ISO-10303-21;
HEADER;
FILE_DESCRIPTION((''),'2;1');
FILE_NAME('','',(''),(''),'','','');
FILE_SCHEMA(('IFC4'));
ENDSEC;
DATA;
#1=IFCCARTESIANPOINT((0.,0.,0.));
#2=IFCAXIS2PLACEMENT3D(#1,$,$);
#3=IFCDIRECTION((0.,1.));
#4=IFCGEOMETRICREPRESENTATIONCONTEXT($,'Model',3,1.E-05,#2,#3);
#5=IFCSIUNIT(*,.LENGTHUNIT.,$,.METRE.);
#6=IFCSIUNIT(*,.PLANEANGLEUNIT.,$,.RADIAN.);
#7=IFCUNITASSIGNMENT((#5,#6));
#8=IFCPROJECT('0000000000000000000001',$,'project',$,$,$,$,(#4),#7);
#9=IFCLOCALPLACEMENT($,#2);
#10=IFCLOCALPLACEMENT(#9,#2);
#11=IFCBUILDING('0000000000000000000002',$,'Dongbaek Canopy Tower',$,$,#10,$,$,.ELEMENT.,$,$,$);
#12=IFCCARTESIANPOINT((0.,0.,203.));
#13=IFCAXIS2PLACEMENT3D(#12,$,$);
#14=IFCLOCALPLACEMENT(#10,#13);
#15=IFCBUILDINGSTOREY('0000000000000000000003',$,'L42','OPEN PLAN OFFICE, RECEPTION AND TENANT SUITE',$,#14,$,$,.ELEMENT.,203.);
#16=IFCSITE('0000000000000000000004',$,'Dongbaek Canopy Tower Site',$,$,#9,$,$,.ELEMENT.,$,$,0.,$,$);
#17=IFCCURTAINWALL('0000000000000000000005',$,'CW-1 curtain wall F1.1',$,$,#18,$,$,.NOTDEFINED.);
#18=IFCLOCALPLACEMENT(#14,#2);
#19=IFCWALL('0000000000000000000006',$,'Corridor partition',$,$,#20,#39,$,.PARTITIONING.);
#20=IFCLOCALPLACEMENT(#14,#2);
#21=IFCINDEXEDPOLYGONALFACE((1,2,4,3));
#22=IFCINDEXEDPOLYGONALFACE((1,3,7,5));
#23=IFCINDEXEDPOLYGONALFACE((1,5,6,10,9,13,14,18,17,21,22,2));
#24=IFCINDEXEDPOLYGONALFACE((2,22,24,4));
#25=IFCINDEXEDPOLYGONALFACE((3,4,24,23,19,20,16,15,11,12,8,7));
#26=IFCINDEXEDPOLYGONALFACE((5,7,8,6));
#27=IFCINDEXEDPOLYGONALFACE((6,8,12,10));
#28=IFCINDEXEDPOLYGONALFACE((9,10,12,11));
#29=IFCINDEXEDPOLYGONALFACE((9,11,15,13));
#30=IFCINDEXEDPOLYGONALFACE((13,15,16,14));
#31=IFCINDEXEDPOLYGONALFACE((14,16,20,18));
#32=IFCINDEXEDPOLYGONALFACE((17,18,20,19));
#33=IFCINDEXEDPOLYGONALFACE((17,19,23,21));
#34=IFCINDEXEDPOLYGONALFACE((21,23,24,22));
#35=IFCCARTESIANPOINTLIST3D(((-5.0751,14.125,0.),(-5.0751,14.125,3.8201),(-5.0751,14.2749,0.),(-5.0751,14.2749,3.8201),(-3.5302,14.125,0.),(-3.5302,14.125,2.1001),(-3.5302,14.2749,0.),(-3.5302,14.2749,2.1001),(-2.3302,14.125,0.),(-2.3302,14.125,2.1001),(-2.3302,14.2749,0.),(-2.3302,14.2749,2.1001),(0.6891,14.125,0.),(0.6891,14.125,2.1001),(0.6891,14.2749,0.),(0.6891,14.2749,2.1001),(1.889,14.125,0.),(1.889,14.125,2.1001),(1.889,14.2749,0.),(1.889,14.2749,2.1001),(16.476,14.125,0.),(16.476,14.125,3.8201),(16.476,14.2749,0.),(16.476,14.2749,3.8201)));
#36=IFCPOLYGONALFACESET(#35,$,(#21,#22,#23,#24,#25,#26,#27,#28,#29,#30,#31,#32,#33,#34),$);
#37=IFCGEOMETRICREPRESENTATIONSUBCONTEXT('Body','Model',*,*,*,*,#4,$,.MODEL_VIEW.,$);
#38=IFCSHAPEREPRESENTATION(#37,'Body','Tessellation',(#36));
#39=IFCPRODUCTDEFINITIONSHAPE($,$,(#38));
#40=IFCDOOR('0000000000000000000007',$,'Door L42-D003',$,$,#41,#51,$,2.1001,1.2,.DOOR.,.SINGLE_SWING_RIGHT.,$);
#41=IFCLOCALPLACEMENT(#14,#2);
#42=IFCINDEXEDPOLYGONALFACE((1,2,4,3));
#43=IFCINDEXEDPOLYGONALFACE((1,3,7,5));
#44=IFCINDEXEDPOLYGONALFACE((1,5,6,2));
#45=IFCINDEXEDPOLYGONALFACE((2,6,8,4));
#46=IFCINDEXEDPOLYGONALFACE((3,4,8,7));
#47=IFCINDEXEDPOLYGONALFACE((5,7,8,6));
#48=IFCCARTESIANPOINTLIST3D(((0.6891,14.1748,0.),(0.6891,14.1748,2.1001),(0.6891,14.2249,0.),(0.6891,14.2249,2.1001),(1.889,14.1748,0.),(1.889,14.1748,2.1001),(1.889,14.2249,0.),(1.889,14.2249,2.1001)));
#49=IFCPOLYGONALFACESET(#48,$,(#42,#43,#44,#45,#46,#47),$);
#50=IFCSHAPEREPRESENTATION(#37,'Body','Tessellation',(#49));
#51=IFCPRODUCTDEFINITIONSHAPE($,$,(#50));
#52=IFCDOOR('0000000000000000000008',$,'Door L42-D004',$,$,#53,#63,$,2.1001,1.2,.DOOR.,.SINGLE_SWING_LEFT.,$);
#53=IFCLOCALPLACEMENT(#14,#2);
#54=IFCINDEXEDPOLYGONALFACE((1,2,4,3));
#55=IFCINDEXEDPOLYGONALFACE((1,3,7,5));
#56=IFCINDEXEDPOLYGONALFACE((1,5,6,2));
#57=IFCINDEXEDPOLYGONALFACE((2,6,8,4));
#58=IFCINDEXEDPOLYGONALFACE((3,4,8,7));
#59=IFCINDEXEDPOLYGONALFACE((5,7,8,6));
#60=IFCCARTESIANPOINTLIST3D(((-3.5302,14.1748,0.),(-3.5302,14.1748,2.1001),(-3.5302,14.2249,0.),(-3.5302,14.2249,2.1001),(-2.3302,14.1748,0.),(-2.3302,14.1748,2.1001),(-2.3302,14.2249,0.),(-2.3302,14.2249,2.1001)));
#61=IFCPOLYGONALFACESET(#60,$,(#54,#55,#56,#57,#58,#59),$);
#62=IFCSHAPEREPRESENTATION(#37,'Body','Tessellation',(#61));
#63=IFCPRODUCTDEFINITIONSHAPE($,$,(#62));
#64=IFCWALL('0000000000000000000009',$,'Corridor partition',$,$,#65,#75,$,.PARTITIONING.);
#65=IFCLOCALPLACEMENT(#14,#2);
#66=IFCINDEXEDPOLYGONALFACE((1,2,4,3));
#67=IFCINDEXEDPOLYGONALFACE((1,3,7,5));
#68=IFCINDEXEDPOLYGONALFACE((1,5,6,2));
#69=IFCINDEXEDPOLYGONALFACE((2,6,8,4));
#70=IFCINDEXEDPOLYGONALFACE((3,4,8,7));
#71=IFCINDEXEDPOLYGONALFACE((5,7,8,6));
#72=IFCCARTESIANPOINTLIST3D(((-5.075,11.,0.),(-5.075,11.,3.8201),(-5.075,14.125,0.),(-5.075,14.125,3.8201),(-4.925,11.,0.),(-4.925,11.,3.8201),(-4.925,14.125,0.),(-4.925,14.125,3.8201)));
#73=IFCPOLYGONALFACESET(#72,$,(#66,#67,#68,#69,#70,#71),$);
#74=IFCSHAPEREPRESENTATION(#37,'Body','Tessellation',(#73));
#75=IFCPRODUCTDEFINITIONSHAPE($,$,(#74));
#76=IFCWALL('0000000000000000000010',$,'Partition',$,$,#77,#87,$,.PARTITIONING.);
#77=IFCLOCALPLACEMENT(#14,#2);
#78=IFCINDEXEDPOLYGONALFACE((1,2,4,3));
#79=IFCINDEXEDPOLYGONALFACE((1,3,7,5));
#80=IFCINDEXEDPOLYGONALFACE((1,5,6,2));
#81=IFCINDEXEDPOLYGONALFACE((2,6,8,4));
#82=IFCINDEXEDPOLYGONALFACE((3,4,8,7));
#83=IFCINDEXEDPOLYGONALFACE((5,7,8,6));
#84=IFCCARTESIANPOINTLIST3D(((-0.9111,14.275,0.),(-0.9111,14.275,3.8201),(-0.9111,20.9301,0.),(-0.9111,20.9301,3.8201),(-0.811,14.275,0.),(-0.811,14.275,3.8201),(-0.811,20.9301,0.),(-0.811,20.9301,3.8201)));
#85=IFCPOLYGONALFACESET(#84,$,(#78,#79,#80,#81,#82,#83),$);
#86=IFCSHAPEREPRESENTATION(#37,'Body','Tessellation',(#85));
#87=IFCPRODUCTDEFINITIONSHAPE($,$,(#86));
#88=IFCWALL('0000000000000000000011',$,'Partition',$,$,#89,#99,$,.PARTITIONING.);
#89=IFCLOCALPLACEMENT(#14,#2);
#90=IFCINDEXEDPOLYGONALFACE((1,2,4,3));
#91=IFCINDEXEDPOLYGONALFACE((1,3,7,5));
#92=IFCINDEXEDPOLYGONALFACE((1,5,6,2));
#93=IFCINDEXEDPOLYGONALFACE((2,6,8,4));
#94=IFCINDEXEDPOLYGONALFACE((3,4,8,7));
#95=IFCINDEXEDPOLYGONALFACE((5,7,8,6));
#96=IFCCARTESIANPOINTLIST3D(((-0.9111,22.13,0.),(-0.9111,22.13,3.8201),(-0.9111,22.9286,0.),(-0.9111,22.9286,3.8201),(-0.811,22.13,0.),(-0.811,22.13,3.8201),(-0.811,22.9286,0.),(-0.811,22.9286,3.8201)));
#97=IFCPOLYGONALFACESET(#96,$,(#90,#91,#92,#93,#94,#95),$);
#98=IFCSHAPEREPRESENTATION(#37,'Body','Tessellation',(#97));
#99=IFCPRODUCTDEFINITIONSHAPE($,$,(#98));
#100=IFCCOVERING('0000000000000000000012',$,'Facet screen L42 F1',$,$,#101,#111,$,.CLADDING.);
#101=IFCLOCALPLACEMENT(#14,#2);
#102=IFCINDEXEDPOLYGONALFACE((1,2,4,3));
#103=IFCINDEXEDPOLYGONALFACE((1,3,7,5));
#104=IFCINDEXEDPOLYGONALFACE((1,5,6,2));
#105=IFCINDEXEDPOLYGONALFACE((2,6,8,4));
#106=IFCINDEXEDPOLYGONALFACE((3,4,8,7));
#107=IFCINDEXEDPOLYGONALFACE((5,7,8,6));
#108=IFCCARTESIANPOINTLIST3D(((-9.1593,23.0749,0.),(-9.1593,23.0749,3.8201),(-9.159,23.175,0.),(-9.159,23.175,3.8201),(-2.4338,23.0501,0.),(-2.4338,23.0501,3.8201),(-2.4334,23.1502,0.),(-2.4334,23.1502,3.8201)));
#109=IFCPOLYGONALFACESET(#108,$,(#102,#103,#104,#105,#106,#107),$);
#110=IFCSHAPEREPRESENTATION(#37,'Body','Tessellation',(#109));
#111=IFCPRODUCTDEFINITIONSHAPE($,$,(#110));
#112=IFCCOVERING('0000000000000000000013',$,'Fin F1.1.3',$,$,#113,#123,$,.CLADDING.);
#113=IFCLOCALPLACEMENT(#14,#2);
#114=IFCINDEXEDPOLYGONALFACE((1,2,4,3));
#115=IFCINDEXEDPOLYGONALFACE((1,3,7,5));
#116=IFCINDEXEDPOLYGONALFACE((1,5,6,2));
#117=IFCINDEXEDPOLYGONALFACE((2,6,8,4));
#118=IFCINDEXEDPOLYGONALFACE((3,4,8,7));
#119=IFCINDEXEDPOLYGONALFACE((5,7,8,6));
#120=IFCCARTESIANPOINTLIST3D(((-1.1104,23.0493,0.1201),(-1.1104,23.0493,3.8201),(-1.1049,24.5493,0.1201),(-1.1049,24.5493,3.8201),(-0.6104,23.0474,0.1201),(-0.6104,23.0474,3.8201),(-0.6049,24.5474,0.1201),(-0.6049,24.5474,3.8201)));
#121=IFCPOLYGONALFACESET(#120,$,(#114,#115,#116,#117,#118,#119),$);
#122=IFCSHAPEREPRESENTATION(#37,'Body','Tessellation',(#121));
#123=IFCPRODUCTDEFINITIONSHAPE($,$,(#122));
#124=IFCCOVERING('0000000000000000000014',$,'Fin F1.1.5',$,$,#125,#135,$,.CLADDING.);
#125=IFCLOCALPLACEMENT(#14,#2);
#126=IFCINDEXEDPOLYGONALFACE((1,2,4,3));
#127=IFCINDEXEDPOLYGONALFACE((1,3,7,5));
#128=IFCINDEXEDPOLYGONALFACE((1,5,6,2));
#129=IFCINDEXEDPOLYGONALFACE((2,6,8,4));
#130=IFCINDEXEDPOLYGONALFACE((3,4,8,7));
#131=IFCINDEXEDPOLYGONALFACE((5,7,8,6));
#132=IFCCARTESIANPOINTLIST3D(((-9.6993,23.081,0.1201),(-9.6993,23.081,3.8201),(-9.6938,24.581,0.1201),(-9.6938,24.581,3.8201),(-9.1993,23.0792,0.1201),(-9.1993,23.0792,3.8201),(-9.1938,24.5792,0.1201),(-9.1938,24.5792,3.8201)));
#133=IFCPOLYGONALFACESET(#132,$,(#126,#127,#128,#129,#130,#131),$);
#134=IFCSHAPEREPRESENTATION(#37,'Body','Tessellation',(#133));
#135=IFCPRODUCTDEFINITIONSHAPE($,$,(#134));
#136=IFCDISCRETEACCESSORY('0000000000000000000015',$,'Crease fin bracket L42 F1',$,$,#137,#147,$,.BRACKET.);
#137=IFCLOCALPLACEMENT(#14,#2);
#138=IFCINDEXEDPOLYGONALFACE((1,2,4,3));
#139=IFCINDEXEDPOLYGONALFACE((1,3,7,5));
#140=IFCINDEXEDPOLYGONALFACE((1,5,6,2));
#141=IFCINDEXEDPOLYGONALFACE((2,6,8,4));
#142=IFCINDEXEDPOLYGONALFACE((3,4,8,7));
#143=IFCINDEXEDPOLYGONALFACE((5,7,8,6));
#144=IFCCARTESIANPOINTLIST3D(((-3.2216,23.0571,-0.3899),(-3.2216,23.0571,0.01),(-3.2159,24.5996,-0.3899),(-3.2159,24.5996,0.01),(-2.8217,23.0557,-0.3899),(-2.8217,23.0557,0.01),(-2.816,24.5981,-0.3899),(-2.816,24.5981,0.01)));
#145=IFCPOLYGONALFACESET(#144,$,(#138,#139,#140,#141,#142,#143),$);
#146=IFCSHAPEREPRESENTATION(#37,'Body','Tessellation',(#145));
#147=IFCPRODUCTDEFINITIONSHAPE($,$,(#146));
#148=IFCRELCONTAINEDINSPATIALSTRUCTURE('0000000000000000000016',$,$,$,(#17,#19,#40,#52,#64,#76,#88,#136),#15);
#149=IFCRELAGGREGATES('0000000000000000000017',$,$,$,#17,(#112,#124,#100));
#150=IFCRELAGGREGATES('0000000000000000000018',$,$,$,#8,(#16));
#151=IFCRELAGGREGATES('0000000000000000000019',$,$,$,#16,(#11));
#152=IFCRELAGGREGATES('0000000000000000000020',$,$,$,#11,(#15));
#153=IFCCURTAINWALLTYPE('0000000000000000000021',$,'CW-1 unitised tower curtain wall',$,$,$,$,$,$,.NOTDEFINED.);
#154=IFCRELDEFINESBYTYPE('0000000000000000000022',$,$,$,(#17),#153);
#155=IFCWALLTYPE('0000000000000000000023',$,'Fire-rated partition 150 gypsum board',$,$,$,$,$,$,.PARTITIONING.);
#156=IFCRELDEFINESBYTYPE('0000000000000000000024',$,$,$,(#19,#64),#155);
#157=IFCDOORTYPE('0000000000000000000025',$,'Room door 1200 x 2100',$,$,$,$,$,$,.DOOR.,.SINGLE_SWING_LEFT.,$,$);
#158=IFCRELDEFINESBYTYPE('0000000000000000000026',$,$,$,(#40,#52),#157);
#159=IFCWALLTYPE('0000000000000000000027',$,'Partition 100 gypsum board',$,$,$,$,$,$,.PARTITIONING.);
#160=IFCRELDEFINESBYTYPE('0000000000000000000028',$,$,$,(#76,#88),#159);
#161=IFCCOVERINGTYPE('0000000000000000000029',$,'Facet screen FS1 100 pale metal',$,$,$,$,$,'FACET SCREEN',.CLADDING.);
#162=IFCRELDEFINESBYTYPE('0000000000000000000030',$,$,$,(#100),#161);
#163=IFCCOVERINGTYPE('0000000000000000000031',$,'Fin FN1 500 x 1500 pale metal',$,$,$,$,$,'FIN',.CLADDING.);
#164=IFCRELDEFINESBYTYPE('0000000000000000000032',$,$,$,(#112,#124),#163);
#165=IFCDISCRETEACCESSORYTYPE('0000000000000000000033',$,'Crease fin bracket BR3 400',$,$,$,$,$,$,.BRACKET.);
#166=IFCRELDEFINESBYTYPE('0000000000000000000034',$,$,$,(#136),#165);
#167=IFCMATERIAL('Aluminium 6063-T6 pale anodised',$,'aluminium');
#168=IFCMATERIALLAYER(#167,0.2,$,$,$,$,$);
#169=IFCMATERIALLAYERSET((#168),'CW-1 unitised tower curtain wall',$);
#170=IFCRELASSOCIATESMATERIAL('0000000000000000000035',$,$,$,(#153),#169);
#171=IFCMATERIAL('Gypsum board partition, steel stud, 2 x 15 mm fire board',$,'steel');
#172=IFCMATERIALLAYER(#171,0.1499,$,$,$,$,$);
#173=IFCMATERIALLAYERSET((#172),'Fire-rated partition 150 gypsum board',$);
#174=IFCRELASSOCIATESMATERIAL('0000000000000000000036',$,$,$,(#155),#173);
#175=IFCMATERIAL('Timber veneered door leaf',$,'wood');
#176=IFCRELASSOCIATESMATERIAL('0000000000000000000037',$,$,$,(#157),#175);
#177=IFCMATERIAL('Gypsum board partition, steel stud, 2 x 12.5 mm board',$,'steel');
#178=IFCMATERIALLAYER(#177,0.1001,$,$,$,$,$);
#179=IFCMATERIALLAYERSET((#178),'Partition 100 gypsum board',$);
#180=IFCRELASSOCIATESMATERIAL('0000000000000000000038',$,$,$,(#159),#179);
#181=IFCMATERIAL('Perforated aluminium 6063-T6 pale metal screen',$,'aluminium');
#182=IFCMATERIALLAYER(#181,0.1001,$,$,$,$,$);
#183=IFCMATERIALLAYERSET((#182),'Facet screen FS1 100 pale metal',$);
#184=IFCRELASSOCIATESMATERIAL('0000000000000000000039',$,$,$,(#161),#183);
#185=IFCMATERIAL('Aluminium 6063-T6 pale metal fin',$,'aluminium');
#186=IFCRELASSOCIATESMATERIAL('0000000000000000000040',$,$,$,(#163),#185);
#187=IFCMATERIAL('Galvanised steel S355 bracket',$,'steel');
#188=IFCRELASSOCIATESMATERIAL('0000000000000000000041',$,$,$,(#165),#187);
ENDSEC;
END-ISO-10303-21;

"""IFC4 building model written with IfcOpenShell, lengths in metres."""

from ifc_helpers import new_model, si_unit, direction, frame, frame_2d, origin, origin_2d, place, context, subcontext, project, spatial, rectangle, extrude, material, layer, layer_set, material_profile, profile_set, type_object, element, fill, aggregate, save


model = new_model("IFC4")

# Units and contexts
model_context = context("Model", 3, precision=1e-05, world=origin(), true_north=direction((0.0, 1.0)))
body_context = subcontext(model_context, "Body", "Model", "MODEL_VIEW")
ifc_project = project(units=[si_unit("LENGTHUNIT", "METRE"), si_unit("PLANEANGLEUNIT", "RADIAN")], contexts=[model_context])

# Site, building, storey
site_placement = place(None, origin())
site = spatial("IfcSite", under=ifc_project, at=site_placement, Name="Dongbaek Canopy Tower Site", CompositionType="ELEMENT", RefElevation=0.0)
building_placement = place(site_placement, origin())
building = spatial("IfcBuilding", under=site, at=building_placement, Name="Dongbaek Canopy Tower", CompositionType="ELEMENT")
storey_placement = place(building_placement, frame((0.0, 0.0, 203.0)))
storey = spatial("IfcBuildingStorey", under=building, at=storey_placement, Name="L42", Description="OPEN PLAN OFFICE, RECEPTION AND TENANT SUITE", CompositionType="ELEMENT", Elevation=203.0)

# Curtain wall
ifc_material_1 = material(Name="Aluminium 6063-T6 pale anodised", Category="aluminium")
ifc_layer_1 = layer(ifc_material_1, 0.2)
ifc_layer_set_1 = layer_set([ifc_layer_1], Name="CW-1 unitised tower curtain wall")
curtain_wall_type = type_object("IfcCurtainWallType", Name="CW-1 unitised tower curtain wall", PredefinedType="NOTDEFINED", material=ifc_layer_set_1)
curtain_wall_1_placement = place(storey_placement, origin())
curtain_wall_1 = element("IfcCurtainWall", 1, at=curtain_wall_1_placement, inside=storey, type_object=curtain_wall_type, Name="CW-1 curtain wall F1.1", PredefinedType="NOTDEFINED")

# Wall, openings, doors
ifc_material_2 = material(Name="Gypsum board partition, steel stud, 2 x 15 mm fire board", Category="steel")
ifc_layer_2 = layer(ifc_material_2, 0.1499)
ifc_layer_set_2 = layer_set([ifc_layer_2], Name="Fire-rated partition 150 gypsum board")
wall_type_1 = type_object("IfcWallType", Name="Fire-rated partition 150 gypsum board", PredefinedType="PARTITIONING", material=ifc_layer_set_2)
wall_1_placement = place(storey_placement, frame((-5.075, 14.2, 0.0), z_axis=(0.0, 0.0, 1.0), x_axis=(1.0, 0.0, 0.0)))
wall_1 = element("IfcWall", 2, at=wall_1_placement, inside=storey, type_object=wall_type_1, Name="Corridor partition", PredefinedType="PARTITIONING", context=body_context, shape_type="SweptSolid", body=[
    extrude(rectangle(XDim=21.551, YDim=0.1499, at=frame_2d((10.7754, 0.0))), origin(), (0.0, 0.0, 1.0), 3.8201),
])
opening_1_placement = place(wall_1_placement, frame((5.7639, 0.0, 0.0)))
opening_1 = element("IfcOpeningElement", 3, at=opening_1_placement, cuts=wall_1, PredefinedType="OPENING", context=body_context, shape_type="SweptSolid", body=[
    extrude(rectangle(XDim=1.2, YDim=2.1001, at=frame_2d((0.6001, 1.05))), frame((0.0, 0.085, 0.0), z_axis=(0.0, -1.0, 0.0), x_axis=(1.0, 0.0, 0.0)), (0.0, 0.0, 1.0), 0.1699),
])
opening_2_placement = place(wall_1_placement, frame((1.5447, 0.0, 0.0)))
opening_2 = element("IfcOpeningElement", 4, at=opening_2_placement, cuts=wall_1, PredefinedType="OPENING", context=body_context, shape_type="SweptSolid", body=[
    extrude(rectangle(XDim=1.2, YDim=2.1001, at=frame_2d((0.6001, 1.05))), frame((0.0, 0.085, 0.0), z_axis=(0.0, -1.0, 0.0), x_axis=(1.0, 0.0, 0.0)), (0.0, 0.0, 1.0), 0.1699),
])
ifc_material_3 = material(Name="Timber veneered door leaf", Category="wood")
door_type = type_object("IfcDoorType", Name="Room door 1200 x 2100", OperationType="SINGLE_SWING_LEFT", PredefinedType="DOOR", material=ifc_material_3)
door_1_placement = place(opening_1_placement, origin())
door_1 = element("IfcDoor", 5, at=door_1_placement, inside=storey, type_object=door_type, Name="Door L42-D003", OperationType="SINGLE_SWING_RIGHT", OverallHeight=2.1001, OverallWidth=1.2, PredefinedType="DOOR", context=body_context, shape_type="SweptSolid", body=[
    extrude(rectangle(XDim=1.2, YDim=2.1001, at=frame_2d((0.6001, 1.05))), frame((0.0, 0.0249, 0.0), z_axis=(0.0, -1.0, 0.0), x_axis=(1.0, 0.0, 0.0)), (0.0, 0.0, 1.0), 0.05),
])
fill(opening_1, door_1)
door_2_placement = place(opening_2_placement, origin())
door_2 = element("IfcDoor", 6, at=door_2_placement, inside=storey, type_object=door_type, Name="Door L42-D004", OperationType="SINGLE_SWING_LEFT", OverallHeight=2.1001, OverallWidth=1.2, PredefinedType="DOOR", context=body_context, shape_type="SweptSolid", body=[
    extrude(rectangle(XDim=1.2, YDim=2.1001, at=frame_2d((0.6001, 1.05))), frame((0.0, 0.0249, 0.0), z_axis=(0.0, -1.0, 0.0), x_axis=(1.0, 0.0, 0.0)), (0.0, 0.0, 1.0), 0.05),
])
fill(opening_2, door_2)

# Walls
wall_2_placement = place(storey_placement, frame((-5.0, 11.0, 0.0), z_axis=(0.0, 0.0, 1.0), x_axis=(0.0, 1.0, 0.0)))
element("IfcWall", 7, at=wall_2_placement, inside=storey, type_object=wall_type_1, Name="Corridor partition", PredefinedType="PARTITIONING", context=body_context, shape_type="SweptSolid", body=[
    extrude(rectangle(XDim=3.125, YDim=0.1499, at=frame_2d((1.5625, 0.0))), origin(), (0.0, 0.0, 1.0), 3.8201),
])
ifc_material_4 = material(Name="Gypsum board partition, steel stud, 2 x 12.5 mm board", Category="steel")
ifc_layer_3 = layer(ifc_material_4, 0.1001)
ifc_layer_set_3 = layer_set([ifc_layer_3], Name="Partition 100 gypsum board")
wall_type_2 = type_object("IfcWallType", Name="Partition 100 gypsum board", PredefinedType="PARTITIONING", material=ifc_layer_set_3)
wall_3_placement = place(storey_placement, frame((-0.8611, 14.2749, 0.0), z_axis=(0.0, 0.0, 1.0), x_axis=(0.0, 1.0, 0.0)))
element("IfcWall", 8, at=wall_3_placement, inside=storey, type_object=wall_type_2, Name="Partition", PredefinedType="PARTITIONING", context=body_context, shape_type="SweptSolid", body=[
    extrude(rectangle(XDim=6.655, YDim=0.1001, at=frame_2d((3.3276, 0.0))), origin(), (0.0, 0.0, 1.0), 3.8201),
])
wall_4_placement = place(storey_placement, frame((-0.8611, 22.1299, 0.0), z_axis=(0.0, 0.0, 1.0), x_axis=(0.0, 1.0, 0.0)))
element("IfcWall", 9, at=wall_4_placement, inside=storey, type_object=wall_type_2, Name="Partition", PredefinedType="PARTITIONING", context=body_context, shape_type="SweptSolid", body=[
    extrude(rectangle(XDim=0.7986, YDim=0.1001, at=frame_2d((0.3994, 0.0))), origin(), (0.0, 0.0, 1.0), 3.8201),
])

# Coverings
ifc_material_5 = material(Name="Perforated aluminium 6063-T6 pale metal screen", Category="aluminium")
ifc_layer_4 = layer(ifc_material_5, 0.1001)
ifc_layer_set_4 = layer_set([ifc_layer_4], Name="Facet screen FS1 100 pale metal")
covering_type_1 = type_object("IfcCoveringType", Name="Facet screen FS1 100 pale metal", ElementType="FACET SCREEN", PredefinedType="CLADDING", material=ifc_layer_set_4)
covering_1_placement = place(storey_placement, frame((-5.7964, 23.1125, 0.0), z_axis=(0.0, 0.0, 1.0), x_axis=(-0.999993, 0.003676, 0.0)))
covering_1 = element("IfcCovering", 10, at=covering_1_placement, type_object=covering_type_1, Name="Facet screen L42 F1", PredefinedType="CLADDING", context=body_context, shape_type="SweptSolid", body=[
    extrude(rectangle(XDim=6.7256, YDim=0.1001, at=origin_2d()), origin(), (0.0, 0.0, 1.0), 3.8201),
])
ifc_material_6 = material(Name="Aluminium 6063-T6 pale metal fin", Category="aluminium")
ifc_material_profile_1 = material_profile(ifc_material_6, rectangle(XDim=1.5, YDim=0.5, at=origin_2d()), Name="Fin FN1 500 x 1500 pale metal")
ifc_profile_set_1 = profile_set([ifc_material_profile_1], Name="Aluminium 6063-T6 pale metal fin")
covering_type_2 = type_object("IfcCoveringType", Name="Fin FN1 500 x 1500 pale metal", ElementType="FIN", PredefinedType="CLADDING", material=ifc_profile_set_1)
covering_2_placement = place(storey_placement, frame((-0.8577, 23.7983, 0.1201), z_axis=(0.0, 0.0, 1.0), x_axis=(0.003675, 0.999993, 0.0)))
covering_2 = element("IfcCovering", 11, at=covering_2_placement, type_object=covering_type_2, Name="Fin F1.1.3", PredefinedType="CLADDING", context=body_context, shape_type="SweptSolid", body=[
    extrude(rectangle(XDim=1.5, YDim=0.5, at=origin_2d()), origin(), (0.0, 0.0, 1.0), 3.7),
])
covering_3_placement = place(storey_placement, frame((-9.4465, 23.8301, 0.1201), z_axis=(0.0, 0.0, 1.0), x_axis=(0.003675, 0.999993, 0.0)))
covering_3 = element("IfcCovering", 12, at=covering_3_placement, type_object=covering_type_2, Name="Fin F1.1.5", PredefinedType="CLADDING", context=body_context, shape_type="SweptSolid", body=[
    extrude(rectangle(XDim=1.5, YDim=0.5, at=origin_2d()), origin(), (0.0, 0.0, 1.0), 3.7),
])
aggregate(curtain_wall_1, [covering_2, covering_3, covering_1])

# Discrete accessory
ifc_material_7 = material(Name="Galvanised steel S355 bracket", Category="steel")
discrete_accessory_type = type_object("IfcDiscreteAccessoryType", Name="Crease fin bracket BR3 400", PredefinedType="BRACKET", material=ifc_material_7)
discrete_accessory_placement = place(storey_placement, frame((-3.0188, 23.8276, -0.3899), z_axis=(0.0, 0.0, 1.0), x_axis=(0.003676, 0.999993, 0.0)))
element("IfcDiscreteAccessory", 13, at=discrete_accessory_placement, inside=storey, type_object=discrete_accessory_type, Name="Crease fin bracket L42 F1", PredefinedType="BRACKET", context=body_context, shape_type="SweptSolid", body=[
    extrude(rectangle(XDim=1.5425, YDim=0.3999, at=origin_2d()), origin(), (0.0, 0.0, 1.0), 0.3999),
])

save(model, "model.ifc")
